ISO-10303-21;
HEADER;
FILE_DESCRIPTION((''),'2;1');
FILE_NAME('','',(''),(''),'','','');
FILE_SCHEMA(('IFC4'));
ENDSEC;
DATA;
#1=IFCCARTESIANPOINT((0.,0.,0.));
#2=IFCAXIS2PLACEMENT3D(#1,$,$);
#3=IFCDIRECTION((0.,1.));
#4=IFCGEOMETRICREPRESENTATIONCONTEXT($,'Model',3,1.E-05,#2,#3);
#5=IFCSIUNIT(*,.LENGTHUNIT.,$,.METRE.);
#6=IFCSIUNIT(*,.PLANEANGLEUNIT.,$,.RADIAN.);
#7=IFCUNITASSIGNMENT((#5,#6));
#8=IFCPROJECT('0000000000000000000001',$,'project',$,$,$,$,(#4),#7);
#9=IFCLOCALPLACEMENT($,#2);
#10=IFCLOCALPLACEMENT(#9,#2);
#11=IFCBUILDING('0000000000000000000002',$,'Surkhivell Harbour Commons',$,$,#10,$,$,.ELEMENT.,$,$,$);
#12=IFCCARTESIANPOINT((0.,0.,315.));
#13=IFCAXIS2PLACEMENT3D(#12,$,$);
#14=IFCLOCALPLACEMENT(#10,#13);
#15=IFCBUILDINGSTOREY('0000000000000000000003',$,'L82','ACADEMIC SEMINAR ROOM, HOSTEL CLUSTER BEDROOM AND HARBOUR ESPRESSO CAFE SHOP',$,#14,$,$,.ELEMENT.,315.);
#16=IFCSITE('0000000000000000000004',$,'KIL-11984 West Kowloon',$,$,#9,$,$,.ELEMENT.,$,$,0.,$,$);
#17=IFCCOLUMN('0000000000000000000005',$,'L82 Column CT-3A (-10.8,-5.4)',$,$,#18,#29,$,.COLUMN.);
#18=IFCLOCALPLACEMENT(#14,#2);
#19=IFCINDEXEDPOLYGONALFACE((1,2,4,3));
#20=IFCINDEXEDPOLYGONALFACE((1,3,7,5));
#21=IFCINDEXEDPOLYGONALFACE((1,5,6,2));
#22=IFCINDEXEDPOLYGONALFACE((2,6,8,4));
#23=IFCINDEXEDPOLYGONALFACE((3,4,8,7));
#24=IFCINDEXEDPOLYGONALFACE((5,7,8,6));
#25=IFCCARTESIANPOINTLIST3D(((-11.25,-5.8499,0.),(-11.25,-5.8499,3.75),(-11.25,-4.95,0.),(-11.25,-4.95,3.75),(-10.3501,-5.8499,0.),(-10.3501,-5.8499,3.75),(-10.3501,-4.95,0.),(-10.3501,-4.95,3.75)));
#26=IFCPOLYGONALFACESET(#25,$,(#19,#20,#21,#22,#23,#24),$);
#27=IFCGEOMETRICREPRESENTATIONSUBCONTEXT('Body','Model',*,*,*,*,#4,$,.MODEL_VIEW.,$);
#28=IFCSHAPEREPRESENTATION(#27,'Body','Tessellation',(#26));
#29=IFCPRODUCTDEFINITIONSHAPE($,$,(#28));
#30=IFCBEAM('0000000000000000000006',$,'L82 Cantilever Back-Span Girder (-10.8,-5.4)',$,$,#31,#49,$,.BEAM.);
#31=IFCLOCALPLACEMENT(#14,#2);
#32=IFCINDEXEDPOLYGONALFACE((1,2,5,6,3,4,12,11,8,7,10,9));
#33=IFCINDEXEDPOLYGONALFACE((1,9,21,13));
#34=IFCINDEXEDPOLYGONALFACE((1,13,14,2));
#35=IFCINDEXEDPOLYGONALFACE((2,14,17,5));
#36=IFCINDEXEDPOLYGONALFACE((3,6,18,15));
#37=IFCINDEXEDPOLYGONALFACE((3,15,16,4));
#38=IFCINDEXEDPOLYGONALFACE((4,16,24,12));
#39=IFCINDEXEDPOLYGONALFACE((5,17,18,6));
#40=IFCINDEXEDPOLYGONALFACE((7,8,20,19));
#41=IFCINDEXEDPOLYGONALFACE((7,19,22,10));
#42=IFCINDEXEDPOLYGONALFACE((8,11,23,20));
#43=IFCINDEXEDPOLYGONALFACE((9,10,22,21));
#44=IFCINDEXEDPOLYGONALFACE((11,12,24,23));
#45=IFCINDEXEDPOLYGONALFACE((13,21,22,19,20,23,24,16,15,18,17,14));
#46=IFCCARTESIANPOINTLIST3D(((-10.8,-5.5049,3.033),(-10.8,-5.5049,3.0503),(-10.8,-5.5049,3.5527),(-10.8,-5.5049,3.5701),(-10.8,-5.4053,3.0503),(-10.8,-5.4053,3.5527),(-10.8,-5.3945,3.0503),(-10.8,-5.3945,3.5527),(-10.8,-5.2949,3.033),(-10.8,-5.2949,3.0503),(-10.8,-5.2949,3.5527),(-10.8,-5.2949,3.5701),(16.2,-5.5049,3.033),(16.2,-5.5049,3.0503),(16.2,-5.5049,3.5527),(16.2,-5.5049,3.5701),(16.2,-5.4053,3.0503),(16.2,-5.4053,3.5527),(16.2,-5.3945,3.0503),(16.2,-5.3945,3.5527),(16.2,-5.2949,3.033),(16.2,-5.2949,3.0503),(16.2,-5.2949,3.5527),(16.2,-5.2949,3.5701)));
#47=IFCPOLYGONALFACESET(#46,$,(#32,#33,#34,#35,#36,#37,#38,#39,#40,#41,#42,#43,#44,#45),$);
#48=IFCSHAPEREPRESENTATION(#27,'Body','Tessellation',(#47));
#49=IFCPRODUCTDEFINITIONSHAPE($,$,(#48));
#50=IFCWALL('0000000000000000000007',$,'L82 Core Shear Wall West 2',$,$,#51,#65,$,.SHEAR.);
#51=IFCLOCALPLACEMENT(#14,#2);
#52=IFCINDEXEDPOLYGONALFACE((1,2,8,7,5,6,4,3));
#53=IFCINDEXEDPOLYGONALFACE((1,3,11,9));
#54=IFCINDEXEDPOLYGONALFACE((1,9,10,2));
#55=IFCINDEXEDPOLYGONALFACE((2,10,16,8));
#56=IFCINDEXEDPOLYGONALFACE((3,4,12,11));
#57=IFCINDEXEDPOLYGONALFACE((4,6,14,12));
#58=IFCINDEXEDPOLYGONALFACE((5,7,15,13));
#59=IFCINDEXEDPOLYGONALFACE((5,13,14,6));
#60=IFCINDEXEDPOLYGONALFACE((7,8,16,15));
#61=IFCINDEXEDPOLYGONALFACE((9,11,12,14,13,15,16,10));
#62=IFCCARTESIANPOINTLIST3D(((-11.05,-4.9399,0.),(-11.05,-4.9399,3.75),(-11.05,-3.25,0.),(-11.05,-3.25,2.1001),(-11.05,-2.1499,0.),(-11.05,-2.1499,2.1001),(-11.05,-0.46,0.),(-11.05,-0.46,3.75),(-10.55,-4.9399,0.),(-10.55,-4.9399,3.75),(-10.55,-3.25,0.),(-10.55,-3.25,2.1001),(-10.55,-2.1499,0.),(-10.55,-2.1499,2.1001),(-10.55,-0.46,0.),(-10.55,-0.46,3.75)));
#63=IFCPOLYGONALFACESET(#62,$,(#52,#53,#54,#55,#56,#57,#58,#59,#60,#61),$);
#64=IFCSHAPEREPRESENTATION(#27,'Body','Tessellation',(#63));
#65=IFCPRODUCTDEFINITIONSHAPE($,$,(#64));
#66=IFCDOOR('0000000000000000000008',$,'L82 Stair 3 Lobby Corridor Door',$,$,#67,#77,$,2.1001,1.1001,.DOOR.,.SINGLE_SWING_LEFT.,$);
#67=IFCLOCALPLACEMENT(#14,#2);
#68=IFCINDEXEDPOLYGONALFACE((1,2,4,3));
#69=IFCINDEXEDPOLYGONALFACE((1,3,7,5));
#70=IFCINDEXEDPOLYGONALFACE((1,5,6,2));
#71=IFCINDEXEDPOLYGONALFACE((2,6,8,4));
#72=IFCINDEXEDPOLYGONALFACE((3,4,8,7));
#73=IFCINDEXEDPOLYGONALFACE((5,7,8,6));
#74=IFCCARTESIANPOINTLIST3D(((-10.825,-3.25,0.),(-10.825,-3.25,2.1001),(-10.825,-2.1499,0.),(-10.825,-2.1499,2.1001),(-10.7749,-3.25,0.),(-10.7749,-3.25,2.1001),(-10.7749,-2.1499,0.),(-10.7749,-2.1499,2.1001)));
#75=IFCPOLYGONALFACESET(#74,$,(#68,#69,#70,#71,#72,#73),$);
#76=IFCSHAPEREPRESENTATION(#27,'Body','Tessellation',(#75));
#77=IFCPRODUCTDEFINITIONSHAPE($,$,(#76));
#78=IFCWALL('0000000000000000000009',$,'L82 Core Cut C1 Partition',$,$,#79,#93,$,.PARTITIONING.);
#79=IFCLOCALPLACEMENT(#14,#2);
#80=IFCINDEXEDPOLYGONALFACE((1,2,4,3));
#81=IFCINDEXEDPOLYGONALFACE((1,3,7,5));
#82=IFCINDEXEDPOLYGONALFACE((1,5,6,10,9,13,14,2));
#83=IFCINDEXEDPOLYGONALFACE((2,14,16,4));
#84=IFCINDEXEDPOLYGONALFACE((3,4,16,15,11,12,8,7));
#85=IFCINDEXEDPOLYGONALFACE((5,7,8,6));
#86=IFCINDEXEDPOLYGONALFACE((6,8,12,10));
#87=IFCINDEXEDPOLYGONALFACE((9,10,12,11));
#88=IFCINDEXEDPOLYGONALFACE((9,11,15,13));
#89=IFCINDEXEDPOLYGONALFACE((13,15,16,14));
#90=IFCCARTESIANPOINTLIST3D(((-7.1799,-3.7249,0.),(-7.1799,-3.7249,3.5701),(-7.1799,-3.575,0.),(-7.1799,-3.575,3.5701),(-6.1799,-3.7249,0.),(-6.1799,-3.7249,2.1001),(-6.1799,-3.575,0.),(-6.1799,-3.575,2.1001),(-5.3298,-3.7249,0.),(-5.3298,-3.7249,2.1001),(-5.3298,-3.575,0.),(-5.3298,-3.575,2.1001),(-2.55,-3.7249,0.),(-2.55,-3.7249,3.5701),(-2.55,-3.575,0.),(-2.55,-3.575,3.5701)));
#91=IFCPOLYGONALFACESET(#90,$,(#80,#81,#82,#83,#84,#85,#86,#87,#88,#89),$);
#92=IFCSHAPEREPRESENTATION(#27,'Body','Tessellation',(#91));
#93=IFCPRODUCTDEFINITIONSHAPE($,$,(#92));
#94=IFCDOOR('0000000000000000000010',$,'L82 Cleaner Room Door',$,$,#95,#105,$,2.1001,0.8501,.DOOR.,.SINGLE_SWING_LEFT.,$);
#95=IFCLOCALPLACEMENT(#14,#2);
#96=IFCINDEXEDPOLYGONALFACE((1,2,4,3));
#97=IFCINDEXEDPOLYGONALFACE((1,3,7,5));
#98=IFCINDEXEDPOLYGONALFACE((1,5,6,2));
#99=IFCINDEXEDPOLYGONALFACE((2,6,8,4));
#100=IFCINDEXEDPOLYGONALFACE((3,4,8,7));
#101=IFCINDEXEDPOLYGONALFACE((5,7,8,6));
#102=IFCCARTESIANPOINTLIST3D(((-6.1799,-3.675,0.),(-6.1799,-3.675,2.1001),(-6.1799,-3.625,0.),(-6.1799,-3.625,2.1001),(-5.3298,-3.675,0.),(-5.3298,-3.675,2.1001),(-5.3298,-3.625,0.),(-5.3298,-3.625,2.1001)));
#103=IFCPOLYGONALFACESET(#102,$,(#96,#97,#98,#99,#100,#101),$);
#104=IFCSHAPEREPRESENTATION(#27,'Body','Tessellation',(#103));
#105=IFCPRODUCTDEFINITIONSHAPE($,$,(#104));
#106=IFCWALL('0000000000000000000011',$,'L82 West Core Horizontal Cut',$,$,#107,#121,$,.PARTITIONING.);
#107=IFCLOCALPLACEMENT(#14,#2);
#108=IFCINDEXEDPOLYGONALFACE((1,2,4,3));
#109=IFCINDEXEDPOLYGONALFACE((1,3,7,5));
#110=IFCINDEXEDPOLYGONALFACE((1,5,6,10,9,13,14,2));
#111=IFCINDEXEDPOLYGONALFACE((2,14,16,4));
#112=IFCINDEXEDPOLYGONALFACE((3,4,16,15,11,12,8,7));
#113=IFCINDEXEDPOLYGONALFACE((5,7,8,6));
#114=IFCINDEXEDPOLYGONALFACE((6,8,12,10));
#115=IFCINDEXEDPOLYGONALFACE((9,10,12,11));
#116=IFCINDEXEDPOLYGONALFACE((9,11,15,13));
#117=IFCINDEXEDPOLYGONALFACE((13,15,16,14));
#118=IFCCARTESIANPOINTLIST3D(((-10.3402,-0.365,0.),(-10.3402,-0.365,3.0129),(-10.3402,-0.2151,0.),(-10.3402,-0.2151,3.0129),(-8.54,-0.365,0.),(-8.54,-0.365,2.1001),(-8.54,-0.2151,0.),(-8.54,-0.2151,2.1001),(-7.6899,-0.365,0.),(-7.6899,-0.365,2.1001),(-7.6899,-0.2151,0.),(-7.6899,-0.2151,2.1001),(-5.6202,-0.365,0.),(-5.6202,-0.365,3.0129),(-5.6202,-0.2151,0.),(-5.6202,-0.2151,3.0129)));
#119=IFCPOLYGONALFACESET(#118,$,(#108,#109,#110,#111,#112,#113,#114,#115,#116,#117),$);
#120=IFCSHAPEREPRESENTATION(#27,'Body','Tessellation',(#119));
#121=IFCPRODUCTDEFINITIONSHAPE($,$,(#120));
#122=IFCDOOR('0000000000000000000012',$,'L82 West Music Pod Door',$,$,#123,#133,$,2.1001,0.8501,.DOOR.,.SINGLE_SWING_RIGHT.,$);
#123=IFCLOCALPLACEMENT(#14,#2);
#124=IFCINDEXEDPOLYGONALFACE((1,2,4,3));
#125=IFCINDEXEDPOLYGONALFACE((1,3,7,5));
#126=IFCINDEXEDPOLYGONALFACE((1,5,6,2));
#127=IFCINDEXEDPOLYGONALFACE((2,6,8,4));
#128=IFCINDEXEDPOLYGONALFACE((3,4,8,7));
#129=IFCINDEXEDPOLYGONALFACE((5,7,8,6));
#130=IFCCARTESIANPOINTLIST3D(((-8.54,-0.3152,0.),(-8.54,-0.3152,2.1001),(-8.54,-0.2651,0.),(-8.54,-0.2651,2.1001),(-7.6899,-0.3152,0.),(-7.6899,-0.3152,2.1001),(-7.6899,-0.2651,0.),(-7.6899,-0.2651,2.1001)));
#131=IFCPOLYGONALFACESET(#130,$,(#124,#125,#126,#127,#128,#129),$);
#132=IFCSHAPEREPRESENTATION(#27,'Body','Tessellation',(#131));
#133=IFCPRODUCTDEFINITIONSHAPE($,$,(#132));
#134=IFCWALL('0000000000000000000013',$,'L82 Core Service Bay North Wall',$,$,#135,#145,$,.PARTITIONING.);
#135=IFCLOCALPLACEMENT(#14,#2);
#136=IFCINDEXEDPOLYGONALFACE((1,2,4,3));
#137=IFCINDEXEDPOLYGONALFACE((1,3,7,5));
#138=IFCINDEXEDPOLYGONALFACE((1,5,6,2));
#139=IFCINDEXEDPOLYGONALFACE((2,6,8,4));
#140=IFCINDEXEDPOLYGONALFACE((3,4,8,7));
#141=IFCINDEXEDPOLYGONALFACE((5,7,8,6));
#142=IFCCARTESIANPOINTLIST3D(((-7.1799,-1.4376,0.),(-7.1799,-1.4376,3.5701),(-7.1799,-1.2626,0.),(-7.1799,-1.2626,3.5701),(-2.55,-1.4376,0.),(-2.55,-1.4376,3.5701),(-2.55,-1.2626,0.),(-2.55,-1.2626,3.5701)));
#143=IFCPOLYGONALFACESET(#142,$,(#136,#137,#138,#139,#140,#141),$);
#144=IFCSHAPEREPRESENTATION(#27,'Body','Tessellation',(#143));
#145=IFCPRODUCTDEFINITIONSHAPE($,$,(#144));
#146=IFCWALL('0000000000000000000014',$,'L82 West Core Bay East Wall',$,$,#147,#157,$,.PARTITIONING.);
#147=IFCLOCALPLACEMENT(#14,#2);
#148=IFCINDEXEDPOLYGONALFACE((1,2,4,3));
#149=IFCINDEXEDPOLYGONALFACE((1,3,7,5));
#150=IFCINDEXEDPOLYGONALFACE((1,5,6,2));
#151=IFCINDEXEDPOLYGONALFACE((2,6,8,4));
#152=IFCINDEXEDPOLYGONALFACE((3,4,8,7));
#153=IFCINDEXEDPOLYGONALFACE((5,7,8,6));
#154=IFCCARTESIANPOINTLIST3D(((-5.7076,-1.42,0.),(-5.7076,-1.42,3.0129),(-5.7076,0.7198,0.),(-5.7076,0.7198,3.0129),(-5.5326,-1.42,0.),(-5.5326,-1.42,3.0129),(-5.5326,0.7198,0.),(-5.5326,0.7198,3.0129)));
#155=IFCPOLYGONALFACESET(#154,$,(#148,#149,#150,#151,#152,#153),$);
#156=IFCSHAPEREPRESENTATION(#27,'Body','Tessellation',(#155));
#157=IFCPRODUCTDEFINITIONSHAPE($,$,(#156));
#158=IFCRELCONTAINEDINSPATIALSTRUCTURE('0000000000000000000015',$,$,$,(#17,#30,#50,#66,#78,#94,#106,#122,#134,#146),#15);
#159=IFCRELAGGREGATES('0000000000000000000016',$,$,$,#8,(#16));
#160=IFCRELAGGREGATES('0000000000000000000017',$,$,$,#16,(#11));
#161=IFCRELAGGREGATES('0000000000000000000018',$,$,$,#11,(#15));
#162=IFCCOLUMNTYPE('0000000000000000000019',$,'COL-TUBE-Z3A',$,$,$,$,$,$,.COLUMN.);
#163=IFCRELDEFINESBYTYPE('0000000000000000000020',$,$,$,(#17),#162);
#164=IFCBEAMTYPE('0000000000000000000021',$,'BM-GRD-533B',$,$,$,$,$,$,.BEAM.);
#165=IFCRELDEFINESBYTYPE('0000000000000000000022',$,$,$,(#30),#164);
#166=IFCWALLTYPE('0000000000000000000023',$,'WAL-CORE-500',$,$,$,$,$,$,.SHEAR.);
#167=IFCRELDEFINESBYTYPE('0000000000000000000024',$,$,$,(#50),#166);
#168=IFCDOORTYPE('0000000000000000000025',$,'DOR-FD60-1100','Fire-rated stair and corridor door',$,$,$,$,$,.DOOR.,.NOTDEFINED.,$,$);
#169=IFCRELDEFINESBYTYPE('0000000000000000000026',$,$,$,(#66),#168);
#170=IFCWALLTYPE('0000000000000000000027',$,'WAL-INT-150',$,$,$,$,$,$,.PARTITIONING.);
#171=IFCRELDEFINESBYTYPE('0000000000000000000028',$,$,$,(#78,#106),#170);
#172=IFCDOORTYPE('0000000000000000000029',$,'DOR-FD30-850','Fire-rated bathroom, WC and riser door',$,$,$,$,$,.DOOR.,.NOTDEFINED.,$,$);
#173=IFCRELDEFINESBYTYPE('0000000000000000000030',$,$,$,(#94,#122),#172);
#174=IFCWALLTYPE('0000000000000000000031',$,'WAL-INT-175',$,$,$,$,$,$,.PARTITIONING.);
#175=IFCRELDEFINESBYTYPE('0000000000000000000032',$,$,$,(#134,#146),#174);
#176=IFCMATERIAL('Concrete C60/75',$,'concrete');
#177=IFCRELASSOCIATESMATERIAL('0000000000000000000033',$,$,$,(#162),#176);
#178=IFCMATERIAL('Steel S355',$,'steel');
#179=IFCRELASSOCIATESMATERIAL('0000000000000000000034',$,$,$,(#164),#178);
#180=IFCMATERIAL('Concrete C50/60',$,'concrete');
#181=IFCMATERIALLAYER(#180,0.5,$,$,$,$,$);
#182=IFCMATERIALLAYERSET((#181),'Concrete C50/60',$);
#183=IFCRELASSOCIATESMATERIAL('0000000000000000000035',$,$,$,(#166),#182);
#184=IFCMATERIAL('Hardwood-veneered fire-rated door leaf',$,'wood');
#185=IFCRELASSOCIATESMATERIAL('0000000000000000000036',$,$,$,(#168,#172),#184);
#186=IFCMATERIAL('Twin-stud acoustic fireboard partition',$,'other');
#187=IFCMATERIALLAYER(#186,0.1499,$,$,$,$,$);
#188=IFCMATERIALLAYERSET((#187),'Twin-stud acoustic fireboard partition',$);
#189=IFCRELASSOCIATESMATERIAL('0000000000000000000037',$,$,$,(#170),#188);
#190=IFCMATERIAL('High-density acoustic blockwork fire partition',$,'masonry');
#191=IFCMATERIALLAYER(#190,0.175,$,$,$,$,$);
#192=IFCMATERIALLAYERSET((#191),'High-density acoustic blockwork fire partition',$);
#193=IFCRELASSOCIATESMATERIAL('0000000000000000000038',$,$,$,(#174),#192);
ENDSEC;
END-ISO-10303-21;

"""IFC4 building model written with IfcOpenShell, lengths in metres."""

from ifc_helpers import new_model, si_unit, direction, frame, frame_2d, origin, origin_2d, place, context, subcontext, project, spatial, rectangle, i_section, extrude, material, layer, layer_set, material_profile, profile_set, type_object, element, fill, save


model = new_model("IFC4")

# Units and contexts
model_context = context("Model", 3, precision=1e-05, world=origin(), true_north=direction((0.0, 1.0)))
body_context = subcontext(model_context, "Body", "Model", "MODEL_VIEW")
ifc_project = project(units=[si_unit("LENGTHUNIT", "METRE"), si_unit("PLANEANGLEUNIT", "RADIAN")], contexts=[model_context])

# Site, building, storey
site_placement = place(None, origin())
site = spatial("IfcSite", under=ifc_project, at=site_placement, Name="KIL-11984 West Kowloon", CompositionType="ELEMENT", RefElevation=0.0)
building_placement = place(site_placement, origin())
building = spatial("IfcBuilding", under=site, at=building_placement, Name="Surkhivell Harbour Commons", CompositionType="ELEMENT")
storey_placement = place(building_placement, frame((0.0, 0.0, 315.0)))
storey = spatial("IfcBuildingStorey", under=building, at=storey_placement, Name="L82", Description="ACADEMIC SEMINAR ROOM, HOSTEL CLUSTER BEDROOM AND HARBOUR ESPRESSO CAFE SHOP", CompositionType="ELEMENT", Elevation=315.0)

# Column
ifc_material_1 = material(Name="Concrete C60/75", Category="concrete")
ifc_material_profile_1 = material_profile(ifc_material_1, rectangle(XDim=0.8999, YDim=0.8999, at=origin_2d()), Name="RC-COL-900x900")
ifc_profile_set_1 = profile_set([ifc_material_profile_1], Name="Concrete C60/75")
column_type = type_object("IfcColumnType", Name="COL-TUBE-Z3A", PredefinedType="COLUMN", material=ifc_profile_set_1)
column_placement = place(storey_placement, frame((-10.8, -5.3999, 0.0), z_axis=(0.0, 0.0, 1.0), x_axis=(1.0, 0.0, 0.0)))
element("IfcColumn", 1, at=column_placement, inside=storey, type_object=column_type, Name="L82 Column CT-3A (-10.8,-5.4)", PredefinedType="COLUMN", context=body_context, shape_type="SweptSolid", body=[
    extrude(rectangle(XDim=0.8999, YDim=0.8999, at=origin_2d()), origin(), (0.0, 0.0, 1.0), 3.75),
])

# Beam
ifc_material_2 = material(Name="Steel S355", Category="steel")
ifc_material_profile_2 = material_profile(ifc_material_2, i_section(OverallWidth=0.21, OverallDepth=0.5371, WebThickness=0.0107, FlangeThickness=0.0173, at=origin_2d()), Name="UB533x210x101")
ifc_profile_set_2 = profile_set([ifc_material_profile_2], Name="Steel S355")
beam_type = type_object("IfcBeamType", Name="BM-GRD-533B", PredefinedType="BEAM", material=ifc_profile_set_2)
beam_placement = place(storey_placement, frame((-10.8, -5.3999, 3.3015), z_axis=(1.0, 0.0, 0.0), x_axis=(0.0, 1.0, 0.0)))
element("IfcBeam", 2, at=beam_placement, inside=storey, type_object=beam_type, Name="L82 Cantilever Back-Span Girder (-10.8,-5.4)", PredefinedType="BEAM", context=body_context, shape_type="SweptSolid", body=[
    extrude(i_section(OverallWidth=0.21, OverallDepth=0.5371, WebThickness=0.0107, FlangeThickness=0.0173, at=origin_2d()), origin(), (0.0, 0.0, 1.0), 27.0),
])

# Walls, openings, doors
ifc_material_3 = material(Name="Concrete C50/60", Category="concrete")
ifc_layer_1 = layer(ifc_material_3, 0.5)
ifc_layer_set_1 = layer_set([ifc_layer_1], Name="Concrete C50/60")
wall_type_1 = type_object("IfcWallType", Name="WAL-CORE-500", PredefinedType="SHEAR", material=ifc_layer_set_1)
wall_1_placement = place(storey_placement, frame((-10.8, -4.9399, 0.0), z_axis=(0.0, 0.0, 1.0), x_axis=(0.0, 1.0, 0.0)))
wall_1 = element("IfcWall", 3, at=wall_1_placement, inside=storey, type_object=wall_type_1, Name="L82 Core Shear Wall West 2", PredefinedType="SHEAR", context=body_context, shape_type="SweptSolid", body=[
    extrude(rectangle(XDim=4.48, YDim=0.5, at=frame_2d((2.24, 0.0))), origin(), (0.0, 0.0, 1.0), 3.75),
])
opening_1_placement = place(wall_1_placement, frame((1.6899, 0.0, 0.0)))
opening_1 = element("IfcOpeningElement", 4, at=opening_1_placement, cuts=wall_1, PredefinedType="OPENING", context=body_context, shape_type="SweptSolid", body=[
    extrude(rectangle(XDim=1.1001, YDim=2.1001, at=frame_2d((0.55, 1.05))), frame((0.0, 0.26, 0.0), z_axis=(0.0, -1.0, 0.0), x_axis=(1.0, 0.0, 0.0)), (0.0, 0.0, 1.0), 0.52),
])
ifc_material_4 = material(Name="Hardwood-veneered fire-rated door leaf", Category="wood")
door_type_1 = type_object("IfcDoorType", Name="DOR-FD60-1100", Description="Fire-rated stair and corridor door", OperationType="NOTDEFINED", PredefinedType="DOOR", material=ifc_material_4)
door_1_placement = place(opening_1_placement, origin())
door_1 = element("IfcDoor", 5, at=door_1_placement, inside=storey, type_object=door_type_1, Name="L82 Stair 3 Lobby Corridor Door", OperationType="SINGLE_SWING_LEFT", OverallHeight=2.1001, OverallWidth=1.1001, PredefinedType="DOOR", context=body_context, shape_type="SweptSolid", body=[
    extrude(rectangle(XDim=1.1001, YDim=2.1001, at=frame_2d((0.55, 1.05))), frame((0.0, 0.0249, 0.0), z_axis=(0.0, -1.0, 0.0), x_axis=(1.0, 0.0, 0.0)), (0.0, 0.0, 1.0), 0.05),
])
fill(opening_1, door_1)
ifc_material_5 = material(Name="Twin-stud acoustic fireboard partition", Category="other")
ifc_layer_2 = layer(ifc_material_5, 0.1499)
ifc_layer_set_2 = layer_set([ifc_layer_2], Name="Twin-stud acoustic fireboard partition")
wall_type_2 = type_object("IfcWallType", Name="WAL-INT-150", PredefinedType="PARTITIONING", material=ifc_layer_set_2)
wall_2_placement = place(storey_placement, frame((-7.1799, -3.6499, 0.0), z_axis=(0.0, 0.0, 1.0), x_axis=(1.0, 0.0, 0.0)))
wall_2 = element("IfcWall", 6, at=wall_2_placement, inside=storey, type_object=wall_type_2, Name="L82 Core Cut C1 Partition", PredefinedType="PARTITIONING", context=body_context, shape_type="SweptSolid", body=[
    extrude(rectangle(XDim=4.6299, YDim=0.1499, at=frame_2d((2.3149, 0.0))), origin(), (0.0, 0.0, 1.0), 3.5701),
])
opening_2_placement = place(wall_2_placement, frame((1.0, 0.0, 0.0)))
opening_2 = element("IfcOpeningElement", 7, at=opening_2_placement, cuts=wall_2, PredefinedType="OPENING", context=body_context, shape_type="SweptSolid", body=[
    extrude(rectangle(XDim=0.8501, YDim=2.1001, at=frame_2d((0.425, 1.05))), frame((0.0, 0.085, 0.0), z_axis=(0.0, -1.0, 0.0), x_axis=(1.0, 0.0, 0.0)), (0.0, 0.0, 1.0), 0.1699),
])
door_type_2 = type_object("IfcDoorType", Name="DOR-FD30-850", Description="Fire-rated bathroom, WC and riser door", OperationType="NOTDEFINED", PredefinedType="DOOR", material=ifc_material_4)
door_2_placement = place(opening_2_placement, origin())
door_2 = element("IfcDoor", 8, at=door_2_placement, inside=storey, type_object=door_type_2, Name="L82 Cleaner Room Door", OperationType="SINGLE_SWING_LEFT", OverallHeight=2.1001, OverallWidth=0.8501, PredefinedType="DOOR", context=body_context, shape_type="SweptSolid", body=[
    extrude(rectangle(XDim=0.8501, YDim=2.1001, at=frame_2d((0.425, 1.05))), frame((0.0, 0.0249, 0.0), z_axis=(0.0, -1.0, 0.0), x_axis=(1.0, 0.0, 0.0)), (0.0, 0.0, 1.0), 0.05),
])
fill(opening_2, door_2)
wall_3_placement = place(storey_placement, frame((-10.3401, -0.29, 0.0), z_axis=(0.0, 0.0, 1.0), x_axis=(1.0, 0.0, 0.0)))
wall_3 = element("IfcWall", 9, at=wall_3_placement, inside=storey, type_object=wall_type_2, Name="L82 West Core Horizontal Cut", PredefinedType="PARTITIONING", context=body_context, shape_type="SweptSolid", body=[
    extrude(rectangle(XDim=4.72, YDim=0.1499, at=frame_2d((2.3599, 0.0))), origin(), (0.0, 0.0, 1.0), 3.0129),
])
opening_3_placement = place(wall_3_placement, frame((1.8, 0.0, 0.0)))
opening_3 = element("IfcOpeningElement", 10, at=opening_3_placement, cuts=wall_3, PredefinedType="OPENING", context=body_context, shape_type="SweptSolid", body=[
    extrude(rectangle(XDim=0.8501, YDim=2.1001, at=frame_2d((0.425, 1.05))), frame((0.0, 0.085, 0.0), z_axis=(0.0, -1.0, 0.0), x_axis=(1.0, 0.0, 0.0)), (0.0, 0.0, 1.0), 0.1699),
])
door_3_placement = place(opening_3_placement, origin())
door_3 = element("IfcDoor", 11, at=door_3_placement, inside=storey, type_object=door_type_2, Name="L82 West Music Pod Door", OperationType="SINGLE_SWING_RIGHT", OverallHeight=2.1001, OverallWidth=0.8501, PredefinedType="DOOR", context=body_context, shape_type="SweptSolid", body=[
    extrude(rectangle(XDim=0.8501, YDim=2.1001, at=frame_2d((0.425, 1.05))), frame((0.0, 0.0249, 0.0), z_axis=(0.0, -1.0, 0.0), x_axis=(1.0, 0.0, 0.0)), (0.0, 0.0, 1.0), 0.05),
])
fill(opening_3, door_3)

# Walls
ifc_material_6 = material(Name="High-density acoustic blockwork fire partition", Category="masonry")
ifc_layer_3 = layer(ifc_material_6, 0.175)
ifc_layer_set_3 = layer_set([ifc_layer_3], Name="High-density acoustic blockwork fire partition")
wall_type_3 = type_object("IfcWallType", Name="WAL-INT-175", PredefinedType="PARTITIONING", material=ifc_layer_set_3)
wall_4_placement = place(storey_placement, frame((-7.1799, -1.3501, 0.0), z_axis=(0.0, 0.0, 1.0), x_axis=(1.0, 0.0, 0.0)))
element("IfcWall", 12, at=wall_4_placement, inside=storey, type_object=wall_type_3, Name="L82 Core Service Bay North Wall", PredefinedType="PARTITIONING", context=body_context, shape_type="SweptSolid", body=[
    extrude(rectangle(XDim=4.6299, YDim=0.175, at=frame_2d((2.3149, 0.0))), origin(), (0.0, 0.0, 1.0), 3.5701),
])
wall_5_placement = place(storey_placement, frame((-5.6201, -1.4199, 0.0), z_axis=(0.0, 0.0, 1.0), x_axis=(0.0, 1.0, 0.0)))
element("IfcWall", 13, at=wall_5_placement, inside=storey, type_object=wall_type_3, Name="L82 West Core Bay East Wall", PredefinedType="PARTITIONING", context=body_context, shape_type="SweptSolid", body=[
    extrude(rectangle(XDim=2.1399, YDim=0.175, at=frame_2d((1.0698, 0.0))), origin(), (0.0, 0.0, 1.0), 3.0129),
])

save(model, "model.ifc")
